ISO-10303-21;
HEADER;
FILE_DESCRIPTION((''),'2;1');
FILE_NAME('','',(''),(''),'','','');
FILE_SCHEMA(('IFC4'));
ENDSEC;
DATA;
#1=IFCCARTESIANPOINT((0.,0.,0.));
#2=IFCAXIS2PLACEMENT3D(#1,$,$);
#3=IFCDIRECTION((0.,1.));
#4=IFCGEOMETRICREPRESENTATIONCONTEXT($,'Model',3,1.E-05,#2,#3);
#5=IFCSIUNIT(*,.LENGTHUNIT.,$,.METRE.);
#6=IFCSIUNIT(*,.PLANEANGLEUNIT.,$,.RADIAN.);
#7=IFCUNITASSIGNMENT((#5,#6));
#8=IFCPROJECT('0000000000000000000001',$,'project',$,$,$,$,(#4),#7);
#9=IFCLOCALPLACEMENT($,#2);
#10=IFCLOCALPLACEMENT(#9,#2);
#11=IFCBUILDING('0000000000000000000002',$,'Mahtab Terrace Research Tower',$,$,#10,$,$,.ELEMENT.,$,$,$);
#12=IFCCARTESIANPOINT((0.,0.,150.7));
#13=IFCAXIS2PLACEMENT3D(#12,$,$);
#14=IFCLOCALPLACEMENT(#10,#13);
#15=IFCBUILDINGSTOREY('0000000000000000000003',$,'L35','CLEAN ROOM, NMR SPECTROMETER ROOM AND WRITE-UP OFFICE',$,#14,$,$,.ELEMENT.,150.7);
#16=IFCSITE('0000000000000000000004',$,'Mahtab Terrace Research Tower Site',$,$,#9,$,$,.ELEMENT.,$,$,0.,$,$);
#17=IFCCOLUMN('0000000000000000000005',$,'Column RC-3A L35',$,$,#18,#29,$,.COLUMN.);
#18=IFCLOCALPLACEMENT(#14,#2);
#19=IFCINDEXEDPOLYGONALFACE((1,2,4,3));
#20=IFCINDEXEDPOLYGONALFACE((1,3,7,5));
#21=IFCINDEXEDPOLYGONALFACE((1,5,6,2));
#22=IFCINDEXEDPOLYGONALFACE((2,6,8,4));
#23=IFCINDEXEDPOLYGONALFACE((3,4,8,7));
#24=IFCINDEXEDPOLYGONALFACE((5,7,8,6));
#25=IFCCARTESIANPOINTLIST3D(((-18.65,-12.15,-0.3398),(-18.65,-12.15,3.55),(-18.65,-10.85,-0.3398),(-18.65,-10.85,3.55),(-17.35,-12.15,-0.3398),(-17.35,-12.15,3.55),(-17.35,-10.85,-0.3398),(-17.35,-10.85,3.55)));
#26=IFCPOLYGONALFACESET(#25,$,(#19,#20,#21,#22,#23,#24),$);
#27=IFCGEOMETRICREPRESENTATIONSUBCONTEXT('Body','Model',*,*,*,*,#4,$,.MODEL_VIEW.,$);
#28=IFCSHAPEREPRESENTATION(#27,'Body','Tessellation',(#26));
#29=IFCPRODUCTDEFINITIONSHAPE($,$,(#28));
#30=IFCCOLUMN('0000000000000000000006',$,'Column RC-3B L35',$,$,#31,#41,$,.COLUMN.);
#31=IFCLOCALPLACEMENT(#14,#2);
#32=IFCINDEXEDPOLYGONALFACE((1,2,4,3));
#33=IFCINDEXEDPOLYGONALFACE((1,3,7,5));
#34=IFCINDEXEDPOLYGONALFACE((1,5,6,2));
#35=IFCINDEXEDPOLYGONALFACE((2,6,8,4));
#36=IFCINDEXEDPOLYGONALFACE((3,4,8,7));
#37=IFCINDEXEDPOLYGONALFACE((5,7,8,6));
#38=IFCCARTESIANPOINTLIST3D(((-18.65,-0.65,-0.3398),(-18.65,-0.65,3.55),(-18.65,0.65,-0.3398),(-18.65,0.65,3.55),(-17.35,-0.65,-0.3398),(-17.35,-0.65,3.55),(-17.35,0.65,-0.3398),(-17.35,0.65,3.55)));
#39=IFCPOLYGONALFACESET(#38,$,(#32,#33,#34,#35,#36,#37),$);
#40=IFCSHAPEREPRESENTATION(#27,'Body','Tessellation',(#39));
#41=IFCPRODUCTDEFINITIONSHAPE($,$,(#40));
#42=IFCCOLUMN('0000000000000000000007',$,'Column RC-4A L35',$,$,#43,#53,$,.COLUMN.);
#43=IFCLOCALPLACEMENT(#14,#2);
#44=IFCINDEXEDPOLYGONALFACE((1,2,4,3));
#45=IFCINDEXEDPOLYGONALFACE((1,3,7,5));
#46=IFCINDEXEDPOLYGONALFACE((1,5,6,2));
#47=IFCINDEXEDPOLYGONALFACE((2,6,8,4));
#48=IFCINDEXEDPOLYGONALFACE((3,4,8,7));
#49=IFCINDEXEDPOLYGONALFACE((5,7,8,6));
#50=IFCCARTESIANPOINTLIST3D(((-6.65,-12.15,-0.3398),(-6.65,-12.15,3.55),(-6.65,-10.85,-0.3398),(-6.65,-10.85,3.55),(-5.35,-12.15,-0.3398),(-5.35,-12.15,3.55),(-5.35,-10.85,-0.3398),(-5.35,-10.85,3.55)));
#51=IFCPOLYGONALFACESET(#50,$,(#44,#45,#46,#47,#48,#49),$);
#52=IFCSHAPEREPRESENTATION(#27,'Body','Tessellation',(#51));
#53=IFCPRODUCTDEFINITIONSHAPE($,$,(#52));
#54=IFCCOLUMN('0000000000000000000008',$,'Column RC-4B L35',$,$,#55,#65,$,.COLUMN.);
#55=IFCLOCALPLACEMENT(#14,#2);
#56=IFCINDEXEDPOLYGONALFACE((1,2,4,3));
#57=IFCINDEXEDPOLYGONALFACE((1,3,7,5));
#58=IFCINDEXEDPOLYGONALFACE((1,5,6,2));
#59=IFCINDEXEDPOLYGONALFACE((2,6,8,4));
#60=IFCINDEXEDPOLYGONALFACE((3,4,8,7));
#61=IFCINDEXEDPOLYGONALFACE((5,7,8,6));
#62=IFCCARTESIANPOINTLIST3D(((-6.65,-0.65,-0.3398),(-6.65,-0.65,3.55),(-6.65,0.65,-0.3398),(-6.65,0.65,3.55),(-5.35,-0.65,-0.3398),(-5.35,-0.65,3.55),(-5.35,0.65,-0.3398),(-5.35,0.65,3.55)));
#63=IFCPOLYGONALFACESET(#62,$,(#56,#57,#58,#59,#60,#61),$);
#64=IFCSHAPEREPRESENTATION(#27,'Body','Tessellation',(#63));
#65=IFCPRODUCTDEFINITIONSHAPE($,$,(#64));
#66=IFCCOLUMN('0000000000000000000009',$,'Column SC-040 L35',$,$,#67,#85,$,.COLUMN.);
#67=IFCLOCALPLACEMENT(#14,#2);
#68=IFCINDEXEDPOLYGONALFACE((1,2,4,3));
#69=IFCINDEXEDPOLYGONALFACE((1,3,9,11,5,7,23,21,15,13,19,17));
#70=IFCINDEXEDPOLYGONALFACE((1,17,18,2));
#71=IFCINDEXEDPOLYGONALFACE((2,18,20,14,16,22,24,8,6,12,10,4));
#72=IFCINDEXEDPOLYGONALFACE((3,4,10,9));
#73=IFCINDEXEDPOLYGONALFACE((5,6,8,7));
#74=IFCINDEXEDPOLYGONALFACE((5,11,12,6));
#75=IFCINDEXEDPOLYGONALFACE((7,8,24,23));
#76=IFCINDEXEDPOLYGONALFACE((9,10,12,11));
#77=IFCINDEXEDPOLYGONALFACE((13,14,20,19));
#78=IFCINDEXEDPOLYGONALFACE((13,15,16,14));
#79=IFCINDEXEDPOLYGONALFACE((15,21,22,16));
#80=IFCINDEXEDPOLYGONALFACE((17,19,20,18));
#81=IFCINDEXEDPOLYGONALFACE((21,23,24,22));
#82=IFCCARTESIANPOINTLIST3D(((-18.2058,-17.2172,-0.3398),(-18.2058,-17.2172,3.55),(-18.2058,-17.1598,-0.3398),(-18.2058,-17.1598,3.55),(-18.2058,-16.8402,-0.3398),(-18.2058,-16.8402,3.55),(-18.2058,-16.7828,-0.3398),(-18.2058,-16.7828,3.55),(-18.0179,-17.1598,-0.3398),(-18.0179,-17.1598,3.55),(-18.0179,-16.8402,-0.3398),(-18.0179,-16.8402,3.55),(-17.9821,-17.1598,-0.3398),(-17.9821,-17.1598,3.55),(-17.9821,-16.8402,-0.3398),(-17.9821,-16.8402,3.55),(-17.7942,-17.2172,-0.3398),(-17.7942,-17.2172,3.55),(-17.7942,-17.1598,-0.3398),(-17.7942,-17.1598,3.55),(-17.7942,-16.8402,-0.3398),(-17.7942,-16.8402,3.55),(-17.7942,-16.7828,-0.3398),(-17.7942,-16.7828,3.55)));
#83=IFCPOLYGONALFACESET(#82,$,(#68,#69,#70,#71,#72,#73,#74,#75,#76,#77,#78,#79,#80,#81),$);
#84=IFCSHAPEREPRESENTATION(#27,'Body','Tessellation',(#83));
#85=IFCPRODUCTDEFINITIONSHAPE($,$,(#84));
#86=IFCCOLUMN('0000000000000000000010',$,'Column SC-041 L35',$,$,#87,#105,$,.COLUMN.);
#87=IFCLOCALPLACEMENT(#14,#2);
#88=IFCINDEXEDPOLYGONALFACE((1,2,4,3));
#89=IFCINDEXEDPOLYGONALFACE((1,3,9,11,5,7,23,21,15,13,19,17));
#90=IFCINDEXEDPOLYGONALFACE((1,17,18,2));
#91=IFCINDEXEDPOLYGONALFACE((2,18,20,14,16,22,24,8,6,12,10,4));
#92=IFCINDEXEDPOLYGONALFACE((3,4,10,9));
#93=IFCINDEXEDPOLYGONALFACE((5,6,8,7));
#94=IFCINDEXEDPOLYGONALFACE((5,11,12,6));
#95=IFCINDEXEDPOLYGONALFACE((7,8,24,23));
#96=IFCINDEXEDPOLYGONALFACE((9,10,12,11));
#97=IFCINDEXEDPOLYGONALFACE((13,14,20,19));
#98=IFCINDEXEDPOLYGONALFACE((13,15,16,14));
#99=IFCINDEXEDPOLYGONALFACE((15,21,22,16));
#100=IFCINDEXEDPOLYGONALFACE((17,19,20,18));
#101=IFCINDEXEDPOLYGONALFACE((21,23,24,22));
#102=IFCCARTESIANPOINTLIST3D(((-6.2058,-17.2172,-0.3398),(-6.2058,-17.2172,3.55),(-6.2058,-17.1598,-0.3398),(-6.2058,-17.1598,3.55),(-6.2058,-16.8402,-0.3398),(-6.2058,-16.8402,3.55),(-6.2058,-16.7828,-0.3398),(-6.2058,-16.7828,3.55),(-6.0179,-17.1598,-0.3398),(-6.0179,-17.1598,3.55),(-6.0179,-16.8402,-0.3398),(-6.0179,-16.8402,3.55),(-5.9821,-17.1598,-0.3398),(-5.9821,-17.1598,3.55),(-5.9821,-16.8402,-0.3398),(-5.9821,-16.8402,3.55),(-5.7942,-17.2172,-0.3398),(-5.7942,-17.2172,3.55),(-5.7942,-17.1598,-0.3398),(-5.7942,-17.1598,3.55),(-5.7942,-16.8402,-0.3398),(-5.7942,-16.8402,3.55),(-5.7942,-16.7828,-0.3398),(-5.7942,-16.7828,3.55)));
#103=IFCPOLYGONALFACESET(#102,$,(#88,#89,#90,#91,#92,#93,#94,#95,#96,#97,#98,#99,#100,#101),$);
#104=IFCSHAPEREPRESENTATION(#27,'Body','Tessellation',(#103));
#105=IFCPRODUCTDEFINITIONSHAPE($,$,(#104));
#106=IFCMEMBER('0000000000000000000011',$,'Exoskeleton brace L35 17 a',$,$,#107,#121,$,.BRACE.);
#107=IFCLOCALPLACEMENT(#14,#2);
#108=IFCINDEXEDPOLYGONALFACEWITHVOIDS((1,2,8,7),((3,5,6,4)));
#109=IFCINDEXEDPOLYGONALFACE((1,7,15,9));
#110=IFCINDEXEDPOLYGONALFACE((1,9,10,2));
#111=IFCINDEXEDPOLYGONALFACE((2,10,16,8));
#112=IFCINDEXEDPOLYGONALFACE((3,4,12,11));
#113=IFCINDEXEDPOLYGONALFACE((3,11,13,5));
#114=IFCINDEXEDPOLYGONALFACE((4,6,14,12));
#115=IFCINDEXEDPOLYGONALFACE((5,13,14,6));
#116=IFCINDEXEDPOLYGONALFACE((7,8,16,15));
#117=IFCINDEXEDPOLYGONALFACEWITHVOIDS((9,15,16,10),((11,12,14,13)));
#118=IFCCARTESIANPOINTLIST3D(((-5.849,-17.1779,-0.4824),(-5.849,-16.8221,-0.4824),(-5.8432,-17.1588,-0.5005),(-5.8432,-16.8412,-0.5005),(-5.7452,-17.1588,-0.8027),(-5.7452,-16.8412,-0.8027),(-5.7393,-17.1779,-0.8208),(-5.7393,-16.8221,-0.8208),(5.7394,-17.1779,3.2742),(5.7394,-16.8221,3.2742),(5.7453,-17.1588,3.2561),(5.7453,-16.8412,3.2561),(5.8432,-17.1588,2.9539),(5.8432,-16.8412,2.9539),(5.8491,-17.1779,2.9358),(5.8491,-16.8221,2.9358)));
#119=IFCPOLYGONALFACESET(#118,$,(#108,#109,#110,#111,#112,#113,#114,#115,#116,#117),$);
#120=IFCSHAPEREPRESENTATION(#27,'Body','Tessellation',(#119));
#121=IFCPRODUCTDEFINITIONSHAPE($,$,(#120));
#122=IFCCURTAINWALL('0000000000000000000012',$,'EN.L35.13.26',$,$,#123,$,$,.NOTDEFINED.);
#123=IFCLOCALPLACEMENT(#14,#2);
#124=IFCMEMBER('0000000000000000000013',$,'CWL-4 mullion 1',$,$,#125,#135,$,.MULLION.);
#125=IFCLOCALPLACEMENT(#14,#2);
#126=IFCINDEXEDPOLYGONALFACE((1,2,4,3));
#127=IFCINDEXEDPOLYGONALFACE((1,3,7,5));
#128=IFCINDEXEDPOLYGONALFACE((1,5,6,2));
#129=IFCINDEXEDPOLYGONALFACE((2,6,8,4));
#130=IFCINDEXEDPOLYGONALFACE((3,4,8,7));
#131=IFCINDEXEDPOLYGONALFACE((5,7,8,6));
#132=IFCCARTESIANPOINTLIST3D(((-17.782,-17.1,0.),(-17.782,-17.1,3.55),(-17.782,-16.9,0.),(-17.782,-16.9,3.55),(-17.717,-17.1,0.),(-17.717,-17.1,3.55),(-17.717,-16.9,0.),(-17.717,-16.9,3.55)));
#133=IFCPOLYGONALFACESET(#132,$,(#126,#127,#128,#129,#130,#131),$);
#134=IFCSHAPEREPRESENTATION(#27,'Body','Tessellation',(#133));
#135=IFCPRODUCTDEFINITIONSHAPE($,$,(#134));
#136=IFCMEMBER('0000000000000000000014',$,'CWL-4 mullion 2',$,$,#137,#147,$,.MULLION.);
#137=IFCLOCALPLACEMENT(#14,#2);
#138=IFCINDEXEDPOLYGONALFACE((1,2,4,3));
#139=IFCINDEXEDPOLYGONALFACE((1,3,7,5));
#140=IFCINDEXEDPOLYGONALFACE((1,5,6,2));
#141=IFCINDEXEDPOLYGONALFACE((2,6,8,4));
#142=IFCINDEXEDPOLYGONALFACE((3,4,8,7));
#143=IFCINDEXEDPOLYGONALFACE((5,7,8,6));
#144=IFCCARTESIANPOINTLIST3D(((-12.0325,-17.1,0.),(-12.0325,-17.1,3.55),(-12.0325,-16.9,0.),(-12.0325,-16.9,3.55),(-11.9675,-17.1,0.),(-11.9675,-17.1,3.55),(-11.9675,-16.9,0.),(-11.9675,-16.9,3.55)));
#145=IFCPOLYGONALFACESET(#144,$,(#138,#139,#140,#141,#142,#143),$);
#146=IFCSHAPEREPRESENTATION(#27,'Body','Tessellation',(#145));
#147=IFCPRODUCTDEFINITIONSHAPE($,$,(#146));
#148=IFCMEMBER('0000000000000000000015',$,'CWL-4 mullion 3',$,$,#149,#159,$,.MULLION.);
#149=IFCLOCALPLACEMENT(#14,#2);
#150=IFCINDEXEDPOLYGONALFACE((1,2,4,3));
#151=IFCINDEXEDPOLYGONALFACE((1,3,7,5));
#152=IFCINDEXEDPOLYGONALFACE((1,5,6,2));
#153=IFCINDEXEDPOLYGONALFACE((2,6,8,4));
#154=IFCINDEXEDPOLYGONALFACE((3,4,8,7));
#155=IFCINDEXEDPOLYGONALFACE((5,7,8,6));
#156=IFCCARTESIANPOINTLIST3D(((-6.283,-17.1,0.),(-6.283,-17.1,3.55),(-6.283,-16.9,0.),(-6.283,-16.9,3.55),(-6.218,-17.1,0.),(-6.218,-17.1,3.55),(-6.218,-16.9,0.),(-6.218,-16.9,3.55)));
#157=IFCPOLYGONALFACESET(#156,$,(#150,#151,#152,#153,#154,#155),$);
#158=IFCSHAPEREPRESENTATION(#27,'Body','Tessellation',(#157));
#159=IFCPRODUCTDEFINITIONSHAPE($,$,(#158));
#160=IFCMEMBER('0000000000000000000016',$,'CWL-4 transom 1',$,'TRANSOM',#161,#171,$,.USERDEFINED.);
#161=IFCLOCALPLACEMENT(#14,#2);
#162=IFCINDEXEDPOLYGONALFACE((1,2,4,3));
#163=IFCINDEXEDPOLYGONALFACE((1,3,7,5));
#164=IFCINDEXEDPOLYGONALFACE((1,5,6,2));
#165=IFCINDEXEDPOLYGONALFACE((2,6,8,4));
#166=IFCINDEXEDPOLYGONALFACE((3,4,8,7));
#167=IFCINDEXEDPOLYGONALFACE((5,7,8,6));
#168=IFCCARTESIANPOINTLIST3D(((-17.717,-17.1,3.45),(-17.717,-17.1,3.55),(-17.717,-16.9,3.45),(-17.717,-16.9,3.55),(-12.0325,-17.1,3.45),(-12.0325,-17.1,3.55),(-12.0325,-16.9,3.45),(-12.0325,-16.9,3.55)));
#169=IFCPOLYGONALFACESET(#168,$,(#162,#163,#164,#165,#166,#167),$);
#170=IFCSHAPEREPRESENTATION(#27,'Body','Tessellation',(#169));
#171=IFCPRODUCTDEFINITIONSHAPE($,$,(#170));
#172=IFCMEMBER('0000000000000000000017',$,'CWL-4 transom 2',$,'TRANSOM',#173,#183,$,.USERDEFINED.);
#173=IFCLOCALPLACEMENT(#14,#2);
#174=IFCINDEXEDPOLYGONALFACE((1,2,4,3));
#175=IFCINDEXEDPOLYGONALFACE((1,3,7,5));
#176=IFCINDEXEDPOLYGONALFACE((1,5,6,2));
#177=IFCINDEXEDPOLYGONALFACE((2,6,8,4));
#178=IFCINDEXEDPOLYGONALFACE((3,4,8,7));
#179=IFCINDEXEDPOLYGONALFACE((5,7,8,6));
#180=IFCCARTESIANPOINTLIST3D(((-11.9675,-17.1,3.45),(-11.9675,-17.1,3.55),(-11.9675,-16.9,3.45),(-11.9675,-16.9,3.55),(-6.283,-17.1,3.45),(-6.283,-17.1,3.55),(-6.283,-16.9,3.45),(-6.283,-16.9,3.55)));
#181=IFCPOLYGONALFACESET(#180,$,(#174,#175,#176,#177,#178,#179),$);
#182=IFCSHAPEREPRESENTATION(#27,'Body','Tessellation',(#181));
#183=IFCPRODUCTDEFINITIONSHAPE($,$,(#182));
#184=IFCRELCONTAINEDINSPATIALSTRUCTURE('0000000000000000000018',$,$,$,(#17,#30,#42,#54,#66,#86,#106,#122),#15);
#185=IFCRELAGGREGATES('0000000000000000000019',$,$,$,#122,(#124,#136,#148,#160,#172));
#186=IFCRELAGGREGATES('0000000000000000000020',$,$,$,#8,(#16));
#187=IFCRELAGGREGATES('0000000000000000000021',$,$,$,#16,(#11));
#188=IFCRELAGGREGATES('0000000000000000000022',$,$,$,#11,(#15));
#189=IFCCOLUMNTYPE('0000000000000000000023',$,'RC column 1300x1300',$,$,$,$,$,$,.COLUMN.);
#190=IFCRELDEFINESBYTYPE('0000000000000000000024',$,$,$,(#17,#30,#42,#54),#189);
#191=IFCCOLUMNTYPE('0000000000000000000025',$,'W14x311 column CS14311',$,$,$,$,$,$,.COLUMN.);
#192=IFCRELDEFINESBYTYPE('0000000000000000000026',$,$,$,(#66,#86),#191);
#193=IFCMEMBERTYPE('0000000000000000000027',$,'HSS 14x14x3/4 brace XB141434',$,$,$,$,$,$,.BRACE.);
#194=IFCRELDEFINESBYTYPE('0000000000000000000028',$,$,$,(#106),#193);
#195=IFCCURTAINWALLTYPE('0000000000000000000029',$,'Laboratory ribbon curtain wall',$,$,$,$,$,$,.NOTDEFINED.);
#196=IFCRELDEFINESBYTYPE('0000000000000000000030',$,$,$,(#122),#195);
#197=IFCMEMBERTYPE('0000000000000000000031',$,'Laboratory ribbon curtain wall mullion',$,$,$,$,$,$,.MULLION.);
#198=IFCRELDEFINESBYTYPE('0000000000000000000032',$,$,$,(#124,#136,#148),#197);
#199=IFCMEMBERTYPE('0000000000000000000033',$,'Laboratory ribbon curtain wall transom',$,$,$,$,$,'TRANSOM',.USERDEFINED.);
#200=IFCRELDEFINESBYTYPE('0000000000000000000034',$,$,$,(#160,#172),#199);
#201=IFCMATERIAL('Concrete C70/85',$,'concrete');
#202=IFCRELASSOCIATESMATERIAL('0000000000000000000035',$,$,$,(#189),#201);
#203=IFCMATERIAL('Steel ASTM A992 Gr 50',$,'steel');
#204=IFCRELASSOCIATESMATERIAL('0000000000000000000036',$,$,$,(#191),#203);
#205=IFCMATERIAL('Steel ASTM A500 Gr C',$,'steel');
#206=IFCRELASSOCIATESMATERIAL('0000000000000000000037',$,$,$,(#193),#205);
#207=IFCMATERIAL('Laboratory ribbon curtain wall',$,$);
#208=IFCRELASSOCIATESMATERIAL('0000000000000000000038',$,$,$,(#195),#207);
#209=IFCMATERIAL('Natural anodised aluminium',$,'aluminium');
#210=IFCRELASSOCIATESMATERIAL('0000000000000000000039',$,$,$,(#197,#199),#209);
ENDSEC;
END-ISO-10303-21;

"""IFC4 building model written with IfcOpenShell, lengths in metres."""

from ifc_helpers import new_model, si_unit, direction, frame, origin, origin_2d, place, context, subcontext, project, spatial, rectangle, hollow_rectangle, i_section, extrude, material, material_profile, profile_set, type_object, element, aggregate, save


model = new_model("IFC4")

# Units and contexts
model_context = context("Model", 3, precision=1e-05, world=origin(), true_north=direction((0.0, 1.0)))
body_context = subcontext(model_context, "Body", "Model", "MODEL_VIEW")
ifc_project = project(units=[si_unit("LENGTHUNIT", "METRE"), si_unit("PLANEANGLEUNIT", "RADIAN")], contexts=[model_context])

# Site, building, storey
site_placement = place(None, origin())
site = spatial("IfcSite", under=ifc_project, at=site_placement, Name="Mahtab Terrace Research Tower Site", CompositionType="ELEMENT", RefElevation=0.0)
building_placement = place(site_placement, origin())
building = spatial("IfcBuilding", under=site, at=building_placement, Name="Mahtab Terrace Research Tower", CompositionType="ELEMENT")
storey_placement = place(building_placement, frame((0.0, 0.0, 150.7)))
storey = spatial("IfcBuildingStorey", under=building, at=storey_placement, Name="L35", Description="CLEAN ROOM, NMR SPECTROMETER ROOM AND WRITE-UP OFFICE", CompositionType="ELEMENT", Elevation=150.7)

# Columns
ifc_material_1 = material(Name="Concrete C70/85", Category="concrete")
ifc_material_profile_1 = material_profile(ifc_material_1, rectangle(XDim=1.3, YDim=1.3, at=origin_2d()), Name="RC column 1300x1300")
ifc_profile_set_1 = profile_set([ifc_material_profile_1], Name="Concrete C70/85")
column_type_1 = type_object("IfcColumnType", Name="RC column 1300x1300", PredefinedType="COLUMN", material=ifc_profile_set_1)
for number, where, z_axis, x_axis, name in (
    (1, (-18.0, -11.5, -0.3398), (0.0, 0.0, 1.0), (1.0, 0.0, 0.0), "Column RC-3A L35"),
    (2, (-18.0, 0.0, -0.3398), (0.0, 0.0, 1.0), (1.0, 0.0, 0.0), "Column RC-3B L35"),
    (3, (-6.0, -11.5, -0.3398), (0.0, 0.0, 1.0), (1.0, 0.0, 0.0), "Column RC-4A L35"),
    (4, (-6.0, 0.0, -0.3398), (0.0, 0.0, 1.0), (1.0, 0.0, 0.0), "Column RC-4B L35"),
):
    element("IfcColumn", number, at=place(storey_placement, frame(where, z_axis=z_axis, x_axis=x_axis)), inside=storey, type_object=column_type_1, Name=name, PredefinedType="COLUMN", context=body_context, shape_type="SweptSolid", body=[
        extrude(rectangle(XDim=1.3, YDim=1.3, at=origin_2d()), origin(), (0.0, 0.0, 1.0), 3.8899),
    ])
ifc_material_2 = material(Name="Steel ASTM A992 Gr 50", Category="steel")
ifc_material_profile_2 = material_profile(ifc_material_2, i_section(OverallWidth=0.4116, OverallDepth=0.4343, WebThickness=0.0359, FlangeThickness=0.0574, at=origin_2d()), Name="W14X311")
ifc_profile_set_2 = profile_set([ifc_material_profile_2], Name="Steel ASTM A992 Gr 50")
column_type_2 = type_object("IfcColumnType", Name="W14x311 column CS14311", PredefinedType="COLUMN", material=ifc_profile_set_2)
for number, where, z_axis, x_axis, name in (
    (5, (-18.0, -17.0, -0.3398), (0.0, 0.0, 1.0), (1.0, 0.0, 0.0), "Column SC-040 L35"),
    (6, (-6.0, -17.0, -0.3398), (0.0, 0.0, 1.0), (1.0, 0.0, 0.0), "Column SC-041 L35"),
):
    element("IfcColumn", number, at=place(storey_placement, frame(where, z_axis=z_axis, x_axis=x_axis)), inside=storey, type_object=column_type_2, Name=name, PredefinedType="COLUMN", context=body_context, shape_type="SweptSolid", body=[
        extrude(i_section(OverallWidth=0.4116, OverallDepth=0.4343, WebThickness=0.0359, FlangeThickness=0.0574, at=origin_2d()), origin(), (0.0, 0.0, 1.0), 3.8899),
    ])

# Member
ifc_material_3 = material(Name="Steel ASTM A500 Gr C", Category="steel")
ifc_material_profile_3 = material_profile(ifc_material_3, hollow_rectangle(XDim=0.3557, YDim=0.3557, WallThickness=0.019, at=origin_2d()), Name="HSS14X14X3/4")
ifc_profile_set_3 = profile_set([ifc_material_profile_3], Name="Steel ASTM A500 Gr C")
member_type_1 = type_object("IfcMemberType", Name="HSS 14x14x3/4 brace XB141434", PredefinedType="BRACE", material=ifc_profile_set_3)
member_1_placement = place(storey_placement, frame((-5.7942, -17.0, -0.6516), z_axis=(0.951266, 0.0, 0.308371), x_axis=(0.0, 1.0, 0.0)))
element("IfcMember", 7, at=member_1_placement, inside=storey, type_object=member_type_1, Name="Exoskeleton brace L35 17 a", PredefinedType="BRACE", context=body_context, shape_type="SweptSolid", body=[
    extrude(hollow_rectangle(XDim=0.3557, YDim=0.3557, WallThickness=0.019, at=origin_2d()), origin(), (0.0, 0.0, 1.0), 12.1821),
])

# Curtain wall, members
ifc_material_4 = material(Name="Laboratory ribbon curtain wall")
curtain_wall_type = type_object("IfcCurtainWallType", Name="Laboratory ribbon curtain wall", PredefinedType="NOTDEFINED", material=ifc_material_4)
curtain_wall_placement = place(storey_placement, origin())
curtain_wall = element("IfcCurtainWall", 8, at=curtain_wall_placement, inside=storey, type_object=curtain_wall_type, Name="EN.L35.13.26", PredefinedType="NOTDEFINED")
ifc_material_5 = material(Name="Natural anodised aluminium", Category="aluminium")
ifc_material_profile_4 = material_profile(ifc_material_5, rectangle(XDim=0.2, YDim=0.0649, at=origin_2d()), Name="MULLION 65x200")
ifc_profile_set_4 = profile_set([ifc_material_profile_4], Name="Natural anodised aluminium")
member_type_2 = type_object("IfcMemberType", Name="Laboratory ribbon curtain wall mullion", PredefinedType="MULLION", material=ifc_profile_set_4)
member_2_placement = place(storey_placement, frame((-17.7495, -17.0, 0.0), z_axis=(0.0, 0.0, 1.0), x_axis=(0.0, 1.0, 0.0)))
member_2 = element("IfcMember", 9, at=member_2_placement, type_object=member_type_2, Name="CWL-4 mullion 1", PredefinedType="MULLION", context=body_context, shape_type="SweptSolid", body=[
    extrude(rectangle(XDim=0.2, YDim=0.0649, at=origin_2d()), origin(), (0.0, 0.0, 1.0), 3.55),
])
member_3_placement = place(storey_placement, frame((-12.0, -17.0, 0.0), z_axis=(0.0, 0.0, 1.0), x_axis=(0.0, 1.0, 0.0)))
member_3 = element("IfcMember", 10, at=member_3_placement, type_object=member_type_2, Name="CWL-4 mullion 2", PredefinedType="MULLION", context=body_context, shape_type="SweptSolid", body=[
    extrude(rectangle(XDim=0.2, YDim=0.0649, at=origin_2d()), origin(), (0.0, 0.0, 1.0), 3.55),
])
member_4_placement = place(storey_placement, frame((-6.2505, -17.0, 0.0), z_axis=(0.0, 0.0, 1.0), x_axis=(0.0, 1.0, 0.0)))
member_4 = element("IfcMember", 11, at=member_4_placement, type_object=member_type_2, Name="CWL-4 mullion 3", PredefinedType="MULLION", context=body_context, shape_type="SweptSolid", body=[
    extrude(rectangle(XDim=0.2, YDim=0.0649, at=origin_2d()), origin(), (0.0, 0.0, 1.0), 3.55),
])
ifc_material_profile_5 = material_profile(ifc_material_5, rectangle(XDim=0.2, YDim=0.1001, at=origin_2d()), Name="TRANSOM 100x200")
ifc_profile_set_5 = profile_set([ifc_material_profile_5], Name="Natural anodised aluminium")
member_type_3 = type_object("IfcMemberType", Name="Laboratory ribbon curtain wall transom", ElementType="TRANSOM", PredefinedType="USERDEFINED", material=ifc_profile_set_5)
member_5_placement = place(storey_placement, frame((-17.717, -17.0, 3.5), z_axis=(1.0, 0.0, 0.0), x_axis=(0.0, 1.0, 0.0)))
member_5 = element("IfcMember", 12, at=member_5_placement, type_object=member_type_3, Name="CWL-4 transom 1", ObjectType="TRANSOM", PredefinedType="USERDEFINED", context=body_context, shape_type="SweptSolid", body=[
    extrude(rectangle(XDim=0.2, YDim=0.1001, at=origin_2d()), origin(), (0.0, 0.0, 1.0), 5.6846),
])
member_6_placement = place(storey_placement, frame((-11.9675, -17.0, 3.5), z_axis=(1.0, 0.0, 0.0), x_axis=(0.0, 1.0, 0.0)))
member_6 = element("IfcMember", 13, at=member_6_placement, type_object=member_type_3, Name="CWL-4 transom 2", ObjectType="TRANSOM", PredefinedType="USERDEFINED", context=body_context, shape_type="SweptSolid", body=[
    extrude(rectangle(XDim=0.2, YDim=0.1001, at=origin_2d()), origin(), (0.0, 0.0, 1.0), 5.6846),
])

aggregate(curtain_wall, [member_2, member_3, member_4, member_5, member_6])

save(model, "model.ifc")
